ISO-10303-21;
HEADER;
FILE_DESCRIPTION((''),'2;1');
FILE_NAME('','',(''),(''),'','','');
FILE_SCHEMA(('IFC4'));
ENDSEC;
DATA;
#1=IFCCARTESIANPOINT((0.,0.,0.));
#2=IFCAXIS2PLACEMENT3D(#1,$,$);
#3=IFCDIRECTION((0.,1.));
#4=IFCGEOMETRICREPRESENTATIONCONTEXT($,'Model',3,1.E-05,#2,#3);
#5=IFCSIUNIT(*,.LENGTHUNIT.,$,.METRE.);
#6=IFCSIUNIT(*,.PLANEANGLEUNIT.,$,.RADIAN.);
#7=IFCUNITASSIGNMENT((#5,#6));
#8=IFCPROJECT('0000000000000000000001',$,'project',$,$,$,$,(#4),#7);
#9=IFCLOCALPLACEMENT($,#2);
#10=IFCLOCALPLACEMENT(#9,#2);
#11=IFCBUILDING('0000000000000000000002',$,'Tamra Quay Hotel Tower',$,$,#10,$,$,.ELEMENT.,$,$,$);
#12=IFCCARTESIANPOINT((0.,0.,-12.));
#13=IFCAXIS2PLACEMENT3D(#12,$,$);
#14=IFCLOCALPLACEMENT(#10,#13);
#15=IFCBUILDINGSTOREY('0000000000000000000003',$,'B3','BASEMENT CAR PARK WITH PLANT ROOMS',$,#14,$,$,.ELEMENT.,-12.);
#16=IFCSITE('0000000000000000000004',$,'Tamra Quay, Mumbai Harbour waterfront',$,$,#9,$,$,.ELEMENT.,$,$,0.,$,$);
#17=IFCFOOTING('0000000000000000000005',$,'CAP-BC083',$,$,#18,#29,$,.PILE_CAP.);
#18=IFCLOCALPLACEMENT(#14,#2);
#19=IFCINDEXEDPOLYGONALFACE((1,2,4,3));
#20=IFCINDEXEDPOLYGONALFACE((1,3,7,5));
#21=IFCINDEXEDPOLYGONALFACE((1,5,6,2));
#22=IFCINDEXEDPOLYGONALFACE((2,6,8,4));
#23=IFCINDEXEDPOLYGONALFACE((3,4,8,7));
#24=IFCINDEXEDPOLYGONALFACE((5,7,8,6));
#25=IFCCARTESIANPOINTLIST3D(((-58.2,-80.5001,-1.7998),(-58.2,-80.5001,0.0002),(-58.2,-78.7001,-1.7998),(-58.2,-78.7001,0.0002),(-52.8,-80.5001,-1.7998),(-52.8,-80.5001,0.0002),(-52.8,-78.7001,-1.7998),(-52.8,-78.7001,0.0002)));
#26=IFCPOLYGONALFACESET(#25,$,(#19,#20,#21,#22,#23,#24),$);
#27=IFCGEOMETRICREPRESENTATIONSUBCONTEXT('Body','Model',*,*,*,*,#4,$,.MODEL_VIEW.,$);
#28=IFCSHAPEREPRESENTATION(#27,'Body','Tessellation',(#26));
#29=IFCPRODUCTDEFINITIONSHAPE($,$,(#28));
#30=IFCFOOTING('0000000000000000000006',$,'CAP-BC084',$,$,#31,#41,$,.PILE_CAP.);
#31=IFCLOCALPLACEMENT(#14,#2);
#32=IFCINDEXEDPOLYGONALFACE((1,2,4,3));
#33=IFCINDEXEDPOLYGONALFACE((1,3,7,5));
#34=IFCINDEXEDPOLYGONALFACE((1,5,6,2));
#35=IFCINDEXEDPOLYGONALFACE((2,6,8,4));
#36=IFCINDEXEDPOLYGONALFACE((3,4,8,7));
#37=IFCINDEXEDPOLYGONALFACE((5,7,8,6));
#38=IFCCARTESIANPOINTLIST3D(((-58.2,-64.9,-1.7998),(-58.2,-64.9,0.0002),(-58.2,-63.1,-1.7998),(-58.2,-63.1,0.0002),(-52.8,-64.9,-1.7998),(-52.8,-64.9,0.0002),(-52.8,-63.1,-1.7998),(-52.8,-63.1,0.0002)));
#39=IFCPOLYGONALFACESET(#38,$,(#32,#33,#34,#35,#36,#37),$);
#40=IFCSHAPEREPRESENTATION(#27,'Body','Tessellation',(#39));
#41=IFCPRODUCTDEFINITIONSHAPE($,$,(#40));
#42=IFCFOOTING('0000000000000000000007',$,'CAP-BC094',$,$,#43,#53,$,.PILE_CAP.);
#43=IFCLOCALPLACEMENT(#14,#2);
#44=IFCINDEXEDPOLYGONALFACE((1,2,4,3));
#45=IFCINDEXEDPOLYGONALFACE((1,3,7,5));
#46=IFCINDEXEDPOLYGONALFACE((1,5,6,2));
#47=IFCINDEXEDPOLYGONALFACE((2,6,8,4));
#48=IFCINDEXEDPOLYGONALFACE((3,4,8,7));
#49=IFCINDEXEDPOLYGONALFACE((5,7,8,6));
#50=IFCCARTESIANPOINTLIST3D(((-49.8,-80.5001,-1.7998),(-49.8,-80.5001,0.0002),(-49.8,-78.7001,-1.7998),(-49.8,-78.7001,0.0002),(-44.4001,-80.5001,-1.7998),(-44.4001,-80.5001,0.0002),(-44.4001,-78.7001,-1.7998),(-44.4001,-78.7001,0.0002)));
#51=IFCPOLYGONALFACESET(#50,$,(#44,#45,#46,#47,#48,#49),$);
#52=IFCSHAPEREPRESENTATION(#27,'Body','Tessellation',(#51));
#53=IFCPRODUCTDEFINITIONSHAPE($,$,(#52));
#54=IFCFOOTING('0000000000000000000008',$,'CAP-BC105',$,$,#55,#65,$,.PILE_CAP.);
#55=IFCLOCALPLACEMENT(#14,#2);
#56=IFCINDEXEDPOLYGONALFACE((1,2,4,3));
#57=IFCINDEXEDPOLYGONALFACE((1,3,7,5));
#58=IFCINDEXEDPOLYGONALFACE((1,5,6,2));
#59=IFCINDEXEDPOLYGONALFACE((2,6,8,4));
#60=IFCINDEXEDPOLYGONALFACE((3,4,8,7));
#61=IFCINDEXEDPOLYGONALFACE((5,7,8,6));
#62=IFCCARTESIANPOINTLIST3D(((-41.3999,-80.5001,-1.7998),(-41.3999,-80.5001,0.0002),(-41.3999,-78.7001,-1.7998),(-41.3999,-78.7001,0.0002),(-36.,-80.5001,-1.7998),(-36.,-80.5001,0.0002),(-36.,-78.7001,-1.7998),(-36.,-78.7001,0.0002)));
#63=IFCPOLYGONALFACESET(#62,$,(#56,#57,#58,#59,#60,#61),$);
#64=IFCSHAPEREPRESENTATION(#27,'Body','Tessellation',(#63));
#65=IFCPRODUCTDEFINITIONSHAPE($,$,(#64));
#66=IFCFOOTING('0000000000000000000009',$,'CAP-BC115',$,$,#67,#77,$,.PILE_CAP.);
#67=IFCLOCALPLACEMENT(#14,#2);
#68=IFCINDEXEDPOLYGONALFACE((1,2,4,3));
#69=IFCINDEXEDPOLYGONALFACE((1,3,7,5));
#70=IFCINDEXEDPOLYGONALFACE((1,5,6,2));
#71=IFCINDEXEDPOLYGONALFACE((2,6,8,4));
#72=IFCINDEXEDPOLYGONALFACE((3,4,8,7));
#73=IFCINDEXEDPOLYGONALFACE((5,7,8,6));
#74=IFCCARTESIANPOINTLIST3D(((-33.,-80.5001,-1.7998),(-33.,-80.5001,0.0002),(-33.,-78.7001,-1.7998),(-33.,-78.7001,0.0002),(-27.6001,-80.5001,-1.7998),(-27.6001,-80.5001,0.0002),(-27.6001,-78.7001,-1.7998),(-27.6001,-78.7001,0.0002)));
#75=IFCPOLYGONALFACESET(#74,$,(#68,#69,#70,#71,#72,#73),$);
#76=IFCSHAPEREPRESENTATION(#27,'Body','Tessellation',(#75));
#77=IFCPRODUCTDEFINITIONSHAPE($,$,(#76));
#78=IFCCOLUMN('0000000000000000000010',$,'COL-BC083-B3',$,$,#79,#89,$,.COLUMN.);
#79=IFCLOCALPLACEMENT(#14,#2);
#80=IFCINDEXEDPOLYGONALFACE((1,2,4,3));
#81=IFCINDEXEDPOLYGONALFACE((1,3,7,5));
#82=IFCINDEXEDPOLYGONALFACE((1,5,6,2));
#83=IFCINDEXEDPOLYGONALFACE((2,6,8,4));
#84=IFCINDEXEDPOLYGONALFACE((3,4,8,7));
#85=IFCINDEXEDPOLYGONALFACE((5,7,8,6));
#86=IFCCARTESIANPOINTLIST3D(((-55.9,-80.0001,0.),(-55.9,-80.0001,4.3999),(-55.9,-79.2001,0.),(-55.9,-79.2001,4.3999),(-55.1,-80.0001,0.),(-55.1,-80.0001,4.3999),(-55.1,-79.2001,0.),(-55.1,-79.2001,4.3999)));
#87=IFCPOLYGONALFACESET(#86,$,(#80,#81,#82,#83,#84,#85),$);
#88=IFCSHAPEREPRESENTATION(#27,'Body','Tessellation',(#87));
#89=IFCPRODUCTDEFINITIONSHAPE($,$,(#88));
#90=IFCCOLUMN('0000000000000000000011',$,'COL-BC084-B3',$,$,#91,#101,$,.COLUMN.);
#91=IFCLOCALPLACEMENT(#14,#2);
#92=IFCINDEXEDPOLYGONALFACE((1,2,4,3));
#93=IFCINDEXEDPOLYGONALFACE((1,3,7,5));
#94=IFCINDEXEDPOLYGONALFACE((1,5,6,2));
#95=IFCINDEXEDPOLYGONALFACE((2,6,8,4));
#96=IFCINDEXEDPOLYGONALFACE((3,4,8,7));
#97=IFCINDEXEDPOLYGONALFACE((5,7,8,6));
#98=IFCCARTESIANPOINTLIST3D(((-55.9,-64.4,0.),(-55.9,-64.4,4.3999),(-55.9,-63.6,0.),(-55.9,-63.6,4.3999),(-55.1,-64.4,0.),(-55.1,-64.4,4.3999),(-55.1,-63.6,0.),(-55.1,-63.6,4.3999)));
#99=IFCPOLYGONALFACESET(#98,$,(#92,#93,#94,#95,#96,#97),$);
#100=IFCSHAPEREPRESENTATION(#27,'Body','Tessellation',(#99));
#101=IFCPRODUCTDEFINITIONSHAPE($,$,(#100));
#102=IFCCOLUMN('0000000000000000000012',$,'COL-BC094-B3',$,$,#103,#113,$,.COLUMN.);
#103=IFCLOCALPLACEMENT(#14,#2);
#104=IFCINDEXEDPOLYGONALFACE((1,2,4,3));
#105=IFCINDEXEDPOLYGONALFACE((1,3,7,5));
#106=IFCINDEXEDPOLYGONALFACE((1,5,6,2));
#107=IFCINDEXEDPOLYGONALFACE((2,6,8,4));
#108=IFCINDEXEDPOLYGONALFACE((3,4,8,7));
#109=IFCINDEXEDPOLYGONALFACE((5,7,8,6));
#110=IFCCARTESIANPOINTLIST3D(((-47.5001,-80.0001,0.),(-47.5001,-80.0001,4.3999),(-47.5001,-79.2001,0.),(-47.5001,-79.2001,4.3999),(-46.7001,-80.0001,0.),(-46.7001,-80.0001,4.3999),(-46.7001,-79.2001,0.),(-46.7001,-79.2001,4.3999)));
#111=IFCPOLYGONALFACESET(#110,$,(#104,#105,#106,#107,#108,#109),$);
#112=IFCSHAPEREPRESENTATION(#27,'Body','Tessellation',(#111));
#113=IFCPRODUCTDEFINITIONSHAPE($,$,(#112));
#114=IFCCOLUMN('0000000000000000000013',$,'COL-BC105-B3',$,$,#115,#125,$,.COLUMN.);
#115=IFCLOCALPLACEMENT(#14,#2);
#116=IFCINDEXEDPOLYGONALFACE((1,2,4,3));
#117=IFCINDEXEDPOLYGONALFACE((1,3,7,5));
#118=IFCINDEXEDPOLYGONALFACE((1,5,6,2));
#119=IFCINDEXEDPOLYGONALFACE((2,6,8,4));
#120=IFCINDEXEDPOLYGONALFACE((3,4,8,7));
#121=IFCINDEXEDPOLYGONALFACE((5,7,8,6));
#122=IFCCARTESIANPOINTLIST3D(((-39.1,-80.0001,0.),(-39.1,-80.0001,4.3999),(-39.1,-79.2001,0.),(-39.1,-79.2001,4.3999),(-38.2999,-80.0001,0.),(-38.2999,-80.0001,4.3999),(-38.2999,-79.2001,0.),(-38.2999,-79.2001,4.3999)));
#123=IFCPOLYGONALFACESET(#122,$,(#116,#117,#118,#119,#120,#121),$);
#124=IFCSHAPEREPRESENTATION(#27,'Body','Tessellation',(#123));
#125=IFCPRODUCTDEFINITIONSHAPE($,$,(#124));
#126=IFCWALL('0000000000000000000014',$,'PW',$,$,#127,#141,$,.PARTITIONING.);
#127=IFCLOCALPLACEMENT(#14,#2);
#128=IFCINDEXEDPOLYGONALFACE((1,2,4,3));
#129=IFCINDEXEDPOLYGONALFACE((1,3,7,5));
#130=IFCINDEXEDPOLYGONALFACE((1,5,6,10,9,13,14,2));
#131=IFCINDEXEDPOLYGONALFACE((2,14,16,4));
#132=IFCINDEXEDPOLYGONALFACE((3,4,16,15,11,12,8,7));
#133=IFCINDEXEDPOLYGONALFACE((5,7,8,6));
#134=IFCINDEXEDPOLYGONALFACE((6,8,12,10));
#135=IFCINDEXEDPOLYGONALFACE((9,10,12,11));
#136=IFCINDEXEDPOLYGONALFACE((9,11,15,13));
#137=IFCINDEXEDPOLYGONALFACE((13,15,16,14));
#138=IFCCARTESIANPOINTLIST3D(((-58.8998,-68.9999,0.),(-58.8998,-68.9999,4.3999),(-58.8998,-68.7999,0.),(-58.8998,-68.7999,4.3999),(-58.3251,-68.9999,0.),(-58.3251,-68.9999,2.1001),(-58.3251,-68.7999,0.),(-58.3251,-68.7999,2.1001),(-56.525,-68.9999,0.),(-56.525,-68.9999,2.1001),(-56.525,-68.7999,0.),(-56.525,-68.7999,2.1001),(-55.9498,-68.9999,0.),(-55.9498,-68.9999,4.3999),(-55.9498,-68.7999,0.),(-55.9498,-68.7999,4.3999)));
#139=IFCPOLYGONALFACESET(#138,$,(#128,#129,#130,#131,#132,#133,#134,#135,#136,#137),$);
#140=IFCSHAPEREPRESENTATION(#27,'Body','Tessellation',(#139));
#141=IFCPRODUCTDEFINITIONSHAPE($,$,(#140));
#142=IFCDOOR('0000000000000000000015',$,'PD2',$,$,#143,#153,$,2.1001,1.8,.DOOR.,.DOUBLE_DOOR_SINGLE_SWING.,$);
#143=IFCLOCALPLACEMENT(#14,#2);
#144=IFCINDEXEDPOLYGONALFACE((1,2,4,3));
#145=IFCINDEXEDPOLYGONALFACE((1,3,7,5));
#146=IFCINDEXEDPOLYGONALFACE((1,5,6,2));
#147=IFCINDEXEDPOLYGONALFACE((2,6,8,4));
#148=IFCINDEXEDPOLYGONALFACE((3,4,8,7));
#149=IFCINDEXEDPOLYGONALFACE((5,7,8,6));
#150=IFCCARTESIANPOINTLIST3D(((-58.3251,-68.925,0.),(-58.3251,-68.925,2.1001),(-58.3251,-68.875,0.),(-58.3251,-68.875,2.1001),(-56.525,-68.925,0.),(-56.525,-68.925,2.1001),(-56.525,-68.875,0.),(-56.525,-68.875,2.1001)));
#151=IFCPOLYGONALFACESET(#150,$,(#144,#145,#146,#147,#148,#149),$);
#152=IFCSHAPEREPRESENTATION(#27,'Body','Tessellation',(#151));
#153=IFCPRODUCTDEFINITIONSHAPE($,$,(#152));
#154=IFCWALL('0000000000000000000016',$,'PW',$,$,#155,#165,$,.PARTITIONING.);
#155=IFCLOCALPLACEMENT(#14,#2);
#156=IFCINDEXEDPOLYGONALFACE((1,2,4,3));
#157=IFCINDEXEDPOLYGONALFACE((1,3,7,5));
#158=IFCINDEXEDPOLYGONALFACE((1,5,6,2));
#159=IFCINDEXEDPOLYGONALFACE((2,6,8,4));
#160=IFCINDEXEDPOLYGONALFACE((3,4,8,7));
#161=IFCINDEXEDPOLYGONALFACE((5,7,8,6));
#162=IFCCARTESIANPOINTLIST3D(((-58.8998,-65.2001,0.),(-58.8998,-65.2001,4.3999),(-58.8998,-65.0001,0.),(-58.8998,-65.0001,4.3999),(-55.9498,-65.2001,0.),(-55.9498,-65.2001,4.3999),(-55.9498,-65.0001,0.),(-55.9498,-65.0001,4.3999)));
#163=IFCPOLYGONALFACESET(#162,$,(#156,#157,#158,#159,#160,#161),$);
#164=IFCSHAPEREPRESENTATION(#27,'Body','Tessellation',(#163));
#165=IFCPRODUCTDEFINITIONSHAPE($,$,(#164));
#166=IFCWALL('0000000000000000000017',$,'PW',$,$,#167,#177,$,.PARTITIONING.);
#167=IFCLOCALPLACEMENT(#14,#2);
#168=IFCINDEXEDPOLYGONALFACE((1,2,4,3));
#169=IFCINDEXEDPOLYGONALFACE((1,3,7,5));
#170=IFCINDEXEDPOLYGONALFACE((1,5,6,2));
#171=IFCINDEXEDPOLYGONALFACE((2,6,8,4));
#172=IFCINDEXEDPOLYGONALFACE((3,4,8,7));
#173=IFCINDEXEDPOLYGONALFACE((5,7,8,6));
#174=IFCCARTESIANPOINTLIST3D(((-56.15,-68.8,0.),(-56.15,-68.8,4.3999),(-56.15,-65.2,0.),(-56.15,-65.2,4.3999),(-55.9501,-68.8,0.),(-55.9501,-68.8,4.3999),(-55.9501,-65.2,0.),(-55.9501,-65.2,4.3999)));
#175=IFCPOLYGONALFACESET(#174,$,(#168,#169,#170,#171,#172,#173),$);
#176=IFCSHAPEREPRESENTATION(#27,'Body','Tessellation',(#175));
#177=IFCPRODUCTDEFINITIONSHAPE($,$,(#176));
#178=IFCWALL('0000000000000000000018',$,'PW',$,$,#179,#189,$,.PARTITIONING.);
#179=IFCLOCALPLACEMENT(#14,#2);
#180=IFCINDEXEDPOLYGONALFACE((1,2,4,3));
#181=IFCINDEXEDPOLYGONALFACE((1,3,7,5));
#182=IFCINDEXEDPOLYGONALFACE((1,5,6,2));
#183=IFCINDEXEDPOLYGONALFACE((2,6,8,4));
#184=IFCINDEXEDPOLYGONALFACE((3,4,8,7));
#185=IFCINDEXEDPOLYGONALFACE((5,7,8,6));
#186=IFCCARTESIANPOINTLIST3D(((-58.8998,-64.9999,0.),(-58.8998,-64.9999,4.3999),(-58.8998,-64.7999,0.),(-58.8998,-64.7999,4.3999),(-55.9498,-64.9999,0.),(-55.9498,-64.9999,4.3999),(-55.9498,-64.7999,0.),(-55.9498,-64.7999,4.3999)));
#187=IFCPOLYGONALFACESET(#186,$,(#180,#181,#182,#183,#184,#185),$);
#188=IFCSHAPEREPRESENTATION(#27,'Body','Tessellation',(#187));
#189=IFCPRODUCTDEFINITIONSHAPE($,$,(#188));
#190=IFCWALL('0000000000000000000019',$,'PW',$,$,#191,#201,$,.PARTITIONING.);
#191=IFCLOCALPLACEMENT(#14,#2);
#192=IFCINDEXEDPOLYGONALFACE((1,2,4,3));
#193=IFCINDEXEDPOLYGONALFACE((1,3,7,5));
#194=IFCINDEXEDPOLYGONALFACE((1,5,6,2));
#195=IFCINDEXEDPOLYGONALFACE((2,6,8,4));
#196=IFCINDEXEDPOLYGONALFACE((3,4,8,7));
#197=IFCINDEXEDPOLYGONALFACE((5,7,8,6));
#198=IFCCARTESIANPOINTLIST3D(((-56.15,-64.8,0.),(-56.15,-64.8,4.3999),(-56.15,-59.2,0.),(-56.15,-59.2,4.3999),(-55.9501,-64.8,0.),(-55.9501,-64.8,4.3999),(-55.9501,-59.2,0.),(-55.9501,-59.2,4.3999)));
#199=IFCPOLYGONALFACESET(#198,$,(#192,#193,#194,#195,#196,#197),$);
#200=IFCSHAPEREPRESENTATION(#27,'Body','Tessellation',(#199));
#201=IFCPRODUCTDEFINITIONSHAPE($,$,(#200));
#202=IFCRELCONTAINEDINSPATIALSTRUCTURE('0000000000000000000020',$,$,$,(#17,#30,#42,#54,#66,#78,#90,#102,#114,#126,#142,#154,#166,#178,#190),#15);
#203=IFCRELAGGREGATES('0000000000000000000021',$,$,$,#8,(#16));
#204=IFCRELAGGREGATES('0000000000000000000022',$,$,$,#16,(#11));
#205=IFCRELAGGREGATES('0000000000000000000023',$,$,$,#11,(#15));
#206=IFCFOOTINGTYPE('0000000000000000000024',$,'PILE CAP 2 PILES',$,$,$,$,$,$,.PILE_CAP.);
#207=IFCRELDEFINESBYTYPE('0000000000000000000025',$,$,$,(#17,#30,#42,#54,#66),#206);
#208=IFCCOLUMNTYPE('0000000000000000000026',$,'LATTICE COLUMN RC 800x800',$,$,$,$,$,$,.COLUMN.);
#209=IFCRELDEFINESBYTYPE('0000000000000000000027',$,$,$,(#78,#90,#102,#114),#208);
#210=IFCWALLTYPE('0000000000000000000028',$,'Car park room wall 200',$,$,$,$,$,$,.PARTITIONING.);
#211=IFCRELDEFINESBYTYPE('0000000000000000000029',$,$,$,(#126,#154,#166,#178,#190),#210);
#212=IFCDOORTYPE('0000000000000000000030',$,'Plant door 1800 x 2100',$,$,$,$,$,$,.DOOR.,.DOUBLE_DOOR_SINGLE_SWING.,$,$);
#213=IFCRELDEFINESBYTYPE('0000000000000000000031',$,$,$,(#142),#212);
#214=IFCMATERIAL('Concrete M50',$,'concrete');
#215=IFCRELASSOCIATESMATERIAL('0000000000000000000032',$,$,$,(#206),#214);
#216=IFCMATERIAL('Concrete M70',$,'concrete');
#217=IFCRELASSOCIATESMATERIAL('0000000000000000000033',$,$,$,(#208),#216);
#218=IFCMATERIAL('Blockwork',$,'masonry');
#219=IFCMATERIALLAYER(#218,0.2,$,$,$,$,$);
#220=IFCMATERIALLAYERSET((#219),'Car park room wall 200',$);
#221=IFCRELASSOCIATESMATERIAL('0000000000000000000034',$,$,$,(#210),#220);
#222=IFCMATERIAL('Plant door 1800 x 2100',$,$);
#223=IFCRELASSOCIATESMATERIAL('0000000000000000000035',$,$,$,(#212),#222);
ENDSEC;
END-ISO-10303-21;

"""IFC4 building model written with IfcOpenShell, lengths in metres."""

from ifc_helpers import new_model, si_unit, direction, frame, frame_2d, origin, origin_2d, place, context, subcontext, project, spatial, rectangle, extrude, material, layer, layer_set, material_profile, profile_set, type_object, element, fill, save


model = new_model("IFC4")

# Units and contexts
model_context = context("Model", 3, precision=1e-05, world=origin(), true_north=direction((0.0, 1.0)))
body_context = subcontext(model_context, "Body", "Model", "MODEL_VIEW")
ifc_project = project(units=[si_unit("LENGTHUNIT", "METRE"), si_unit("PLANEANGLEUNIT", "RADIAN")], contexts=[model_context])

# Site, building, storey
site_placement = place(None, origin())
site = spatial("IfcSite", under=ifc_project, at=site_placement, Name="Tamra Quay, Mumbai Harbour waterfront", CompositionType="ELEMENT", RefElevation=0.0)
building_placement = place(site_placement, origin())
building = spatial("IfcBuilding", under=site, at=building_placement, Name="Tamra Quay Hotel Tower", CompositionType="ELEMENT")
storey_placement = place(building_placement, frame((0.0, 0.0, -12.0)))
storey = spatial("IfcBuildingStorey", under=building, at=storey_placement, Name="B3", Description="BASEMENT CAR PARK WITH PLANT ROOMS", CompositionType="ELEMENT", Elevation=-12.0)

# Footings
ifc_material_1 = material(Name="Concrete M50", Category="concrete")
footing_type = type_object("IfcFootingType", Name="PILE CAP 2 PILES", PredefinedType="PILE_CAP", material=ifc_material_1)
for number, where, z_axis, x_axis, name in (
    (1, (-55.5, -79.6001, -1.7998), (0.0, 0.0, 1.0), (1.0, 0.0, 0.0), "CAP-BC083"),
    (2, (-55.5, -64.0, -1.7998), (0.0, 0.0, 1.0), (1.0, 0.0, 0.0), "CAP-BC084"),
    (3, (-47.1001, -79.6001, -1.7998), (0.0, 0.0, 1.0), (1.0, 0.0, 0.0), "CAP-BC094"),
    (4, (-38.7, -79.6001, -1.7998), (0.0, 0.0, 1.0), (1.0, 0.0, 0.0), "CAP-BC105"),
    (5, (-30.3, -79.6001, -1.7998), (0.0, 0.0, 1.0), (1.0, 0.0, 0.0), "CAP-BC115"),
):
    element("IfcFooting", number, at=place(storey_placement, frame(where, z_axis=z_axis, x_axis=x_axis)), inside=storey, type_object=footing_type, Name=name, PredefinedType="PILE_CAP", context=body_context, shape_type="SweptSolid", body=[
        extrude(rectangle(XDim=5.3999, YDim=1.8, at=origin_2d()), origin(), (0.0, 0.0, 1.0), 1.8),
    ])

# Columns
ifc_material_2 = material(Name="Concrete M70", Category="concrete")
ifc_material_profile_1 = material_profile(ifc_material_2, rectangle(XDim=0.8, YDim=0.8, at=origin_2d()), Name="LATTICE COLUMN RC 800x800")
ifc_profile_set_1 = profile_set([ifc_material_profile_1], Name="Concrete M70")
column_type = type_object("IfcColumnType", Name="LATTICE COLUMN RC 800x800", PredefinedType="COLUMN", material=ifc_profile_set_1)
for number, where, z_axis, x_axis, name in (
    (6, (-55.5, -79.6001, 0.0), (0.0, 0.0, 1.0), (1.0, 0.0, 0.0), "COL-BC083-B3"),
    (7, (-55.5, -64.0, 0.0), (0.0, 0.0, 1.0), (1.0, 0.0, 0.0), "COL-BC084-B3"),
    (8, (-47.1001, -79.6001, 0.0), (0.0, 0.0, 1.0), (1.0, 0.0, 0.0), "COL-BC094-B3"),
    (9, (-38.7, -79.6001, 0.0), (0.0, 0.0, 1.0), (1.0, 0.0, 0.0), "COL-BC105-B3"),
):
    element("IfcColumn", number, at=place(storey_placement, frame(where, z_axis=z_axis, x_axis=x_axis)), inside=storey, type_object=column_type, Name=name, PredefinedType="COLUMN", context=body_context, shape_type="SweptSolid", body=[
        extrude(rectangle(XDim=0.8, YDim=0.8, at=origin_2d()), origin(), (0.0, 0.0, 1.0), 4.3999),
    ])

# Wall, opening, door
ifc_material_3 = material(Name="Blockwork", Category="masonry")
ifc_layer_1 = layer(ifc_material_3, 0.2)
ifc_layer_set_1 = layer_set([ifc_layer_1], Name="Car park room wall 200")
wall_type_1 = type_object("IfcWallType", Name="Car park room wall 200", PredefinedType="PARTITIONING", material=ifc_layer_set_1)
wall_1_placement = place(storey_placement, frame((-58.8999, -68.8999, 0.0), z_axis=(0.0, 0.0, 1.0), x_axis=(1.0, 0.0, 0.0)))
wall_1 = element("IfcWall", 10, at=wall_1_placement, inside=storey, type_object=wall_type_1, Name="PW", PredefinedType="PARTITIONING", context=body_context, shape_type="SweptSolid", body=[
    extrude(rectangle(XDim=2.95, YDim=0.2, at=frame_2d((1.4751, 0.0))), origin(), (0.0, 0.0, 1.0), 4.3999),
])
opening_1_placement = place(wall_1_placement, frame((0.575, 0.0, 0.0)))
opening_1 = element("IfcOpeningElement", 11, at=opening_1_placement, cuts=wall_1, PredefinedType="OPENING", context=body_context, shape_type="SweptSolid", body=[
    extrude(rectangle(XDim=1.8, YDim=2.1001, at=frame_2d((0.8999, 1.05))), frame((0.0, 0.1099, 0.0), z_axis=(0.0, -1.0, 0.0), x_axis=(1.0, 0.0, 0.0)), (0.0, 0.0, 1.0), 0.22),
])
ifc_material_4 = material(Name="Plant door 1800 x 2100")
door_type_1 = type_object("IfcDoorType", Name="Plant door 1800 x 2100", OperationType="DOUBLE_DOOR_SINGLE_SWING", PredefinedType="DOOR", material=ifc_material_4)
door_1_placement = place(opening_1_placement, origin())
door_1 = element("IfcDoor", 12, at=door_1_placement, inside=storey, type_object=door_type_1, Name="PD2", OperationType="DOUBLE_DOOR_SINGLE_SWING", OverallHeight=2.1001, OverallWidth=1.8, PredefinedType="DOOR", context=body_context, shape_type="SweptSolid", body=[
    extrude(rectangle(XDim=1.8, YDim=2.1001, at=frame_2d((0.8999, 1.05))), frame((0.0, 0.0249, 0.0), z_axis=(0.0, -1.0, 0.0), x_axis=(1.0, 0.0, 0.0)), (0.0, 0.0, 1.0), 0.05),
])
fill(opening_1, door_1)

# Walls
wall_2_placement = place(storey_placement, frame((-58.8999, -65.1001, 0.0), z_axis=(0.0, 0.0, 1.0), x_axis=(1.0, 0.0, 0.0)))
element("IfcWall", 13, at=wall_2_placement, inside=storey, type_object=wall_type_1, Name="PW", PredefinedType="PARTITIONING", context=body_context, shape_type="SweptSolid", body=[
    extrude(rectangle(XDim=2.95, YDim=0.2, at=frame_2d((1.4751, 0.0))), origin(), (0.0, 0.0, 1.0), 4.3999),
])
wall_3_placement = place(storey_placement, frame((-56.05, -68.8, 0.0), z_axis=(0.0, 0.0, 1.0), x_axis=(0.0, 1.0, 0.0)))
element("IfcWall", 14, at=wall_3_placement, inside=storey, type_object=wall_type_1, Name="PW", PredefinedType="PARTITIONING", context=body_context, shape_type="SweptSolid", body=[
    extrude(rectangle(XDim=3.6001, YDim=0.2, at=frame_2d((1.8, 0.0))), origin(), (0.0, 0.0, 1.0), 4.3999),
])
wall_4_placement = place(storey_placement, frame((-58.8999, -64.8999, 0.0), z_axis=(0.0, 0.0, 1.0), x_axis=(1.0, 0.0, 0.0)))
element("IfcWall", 15, at=wall_4_placement, inside=storey, type_object=wall_type_1, Name="PW", PredefinedType="PARTITIONING", context=body_context, shape_type="SweptSolid", body=[
    extrude(rectangle(XDim=2.95, YDim=0.2, at=frame_2d((1.4751, 0.0))), origin(), (0.0, 0.0, 1.0), 4.3999),
])
wall_5_placement = place(storey_placement, frame((-56.05, -64.8, 0.0), z_axis=(0.0, 0.0, 1.0), x_axis=(0.0, 1.0, 0.0)))
element("IfcWall", 16, at=wall_5_placement, inside=storey, type_object=wall_type_1, Name="PW", PredefinedType="PARTITIONING", context=body_context, shape_type="SweptSolid", body=[
    extrude(rectangle(XDim=5.6001, YDim=0.2, at=frame_2d((2.8, 0.0))), origin(), (0.0, 0.0, 1.0), 4.3999),
])

save(model, "model.ifc")
